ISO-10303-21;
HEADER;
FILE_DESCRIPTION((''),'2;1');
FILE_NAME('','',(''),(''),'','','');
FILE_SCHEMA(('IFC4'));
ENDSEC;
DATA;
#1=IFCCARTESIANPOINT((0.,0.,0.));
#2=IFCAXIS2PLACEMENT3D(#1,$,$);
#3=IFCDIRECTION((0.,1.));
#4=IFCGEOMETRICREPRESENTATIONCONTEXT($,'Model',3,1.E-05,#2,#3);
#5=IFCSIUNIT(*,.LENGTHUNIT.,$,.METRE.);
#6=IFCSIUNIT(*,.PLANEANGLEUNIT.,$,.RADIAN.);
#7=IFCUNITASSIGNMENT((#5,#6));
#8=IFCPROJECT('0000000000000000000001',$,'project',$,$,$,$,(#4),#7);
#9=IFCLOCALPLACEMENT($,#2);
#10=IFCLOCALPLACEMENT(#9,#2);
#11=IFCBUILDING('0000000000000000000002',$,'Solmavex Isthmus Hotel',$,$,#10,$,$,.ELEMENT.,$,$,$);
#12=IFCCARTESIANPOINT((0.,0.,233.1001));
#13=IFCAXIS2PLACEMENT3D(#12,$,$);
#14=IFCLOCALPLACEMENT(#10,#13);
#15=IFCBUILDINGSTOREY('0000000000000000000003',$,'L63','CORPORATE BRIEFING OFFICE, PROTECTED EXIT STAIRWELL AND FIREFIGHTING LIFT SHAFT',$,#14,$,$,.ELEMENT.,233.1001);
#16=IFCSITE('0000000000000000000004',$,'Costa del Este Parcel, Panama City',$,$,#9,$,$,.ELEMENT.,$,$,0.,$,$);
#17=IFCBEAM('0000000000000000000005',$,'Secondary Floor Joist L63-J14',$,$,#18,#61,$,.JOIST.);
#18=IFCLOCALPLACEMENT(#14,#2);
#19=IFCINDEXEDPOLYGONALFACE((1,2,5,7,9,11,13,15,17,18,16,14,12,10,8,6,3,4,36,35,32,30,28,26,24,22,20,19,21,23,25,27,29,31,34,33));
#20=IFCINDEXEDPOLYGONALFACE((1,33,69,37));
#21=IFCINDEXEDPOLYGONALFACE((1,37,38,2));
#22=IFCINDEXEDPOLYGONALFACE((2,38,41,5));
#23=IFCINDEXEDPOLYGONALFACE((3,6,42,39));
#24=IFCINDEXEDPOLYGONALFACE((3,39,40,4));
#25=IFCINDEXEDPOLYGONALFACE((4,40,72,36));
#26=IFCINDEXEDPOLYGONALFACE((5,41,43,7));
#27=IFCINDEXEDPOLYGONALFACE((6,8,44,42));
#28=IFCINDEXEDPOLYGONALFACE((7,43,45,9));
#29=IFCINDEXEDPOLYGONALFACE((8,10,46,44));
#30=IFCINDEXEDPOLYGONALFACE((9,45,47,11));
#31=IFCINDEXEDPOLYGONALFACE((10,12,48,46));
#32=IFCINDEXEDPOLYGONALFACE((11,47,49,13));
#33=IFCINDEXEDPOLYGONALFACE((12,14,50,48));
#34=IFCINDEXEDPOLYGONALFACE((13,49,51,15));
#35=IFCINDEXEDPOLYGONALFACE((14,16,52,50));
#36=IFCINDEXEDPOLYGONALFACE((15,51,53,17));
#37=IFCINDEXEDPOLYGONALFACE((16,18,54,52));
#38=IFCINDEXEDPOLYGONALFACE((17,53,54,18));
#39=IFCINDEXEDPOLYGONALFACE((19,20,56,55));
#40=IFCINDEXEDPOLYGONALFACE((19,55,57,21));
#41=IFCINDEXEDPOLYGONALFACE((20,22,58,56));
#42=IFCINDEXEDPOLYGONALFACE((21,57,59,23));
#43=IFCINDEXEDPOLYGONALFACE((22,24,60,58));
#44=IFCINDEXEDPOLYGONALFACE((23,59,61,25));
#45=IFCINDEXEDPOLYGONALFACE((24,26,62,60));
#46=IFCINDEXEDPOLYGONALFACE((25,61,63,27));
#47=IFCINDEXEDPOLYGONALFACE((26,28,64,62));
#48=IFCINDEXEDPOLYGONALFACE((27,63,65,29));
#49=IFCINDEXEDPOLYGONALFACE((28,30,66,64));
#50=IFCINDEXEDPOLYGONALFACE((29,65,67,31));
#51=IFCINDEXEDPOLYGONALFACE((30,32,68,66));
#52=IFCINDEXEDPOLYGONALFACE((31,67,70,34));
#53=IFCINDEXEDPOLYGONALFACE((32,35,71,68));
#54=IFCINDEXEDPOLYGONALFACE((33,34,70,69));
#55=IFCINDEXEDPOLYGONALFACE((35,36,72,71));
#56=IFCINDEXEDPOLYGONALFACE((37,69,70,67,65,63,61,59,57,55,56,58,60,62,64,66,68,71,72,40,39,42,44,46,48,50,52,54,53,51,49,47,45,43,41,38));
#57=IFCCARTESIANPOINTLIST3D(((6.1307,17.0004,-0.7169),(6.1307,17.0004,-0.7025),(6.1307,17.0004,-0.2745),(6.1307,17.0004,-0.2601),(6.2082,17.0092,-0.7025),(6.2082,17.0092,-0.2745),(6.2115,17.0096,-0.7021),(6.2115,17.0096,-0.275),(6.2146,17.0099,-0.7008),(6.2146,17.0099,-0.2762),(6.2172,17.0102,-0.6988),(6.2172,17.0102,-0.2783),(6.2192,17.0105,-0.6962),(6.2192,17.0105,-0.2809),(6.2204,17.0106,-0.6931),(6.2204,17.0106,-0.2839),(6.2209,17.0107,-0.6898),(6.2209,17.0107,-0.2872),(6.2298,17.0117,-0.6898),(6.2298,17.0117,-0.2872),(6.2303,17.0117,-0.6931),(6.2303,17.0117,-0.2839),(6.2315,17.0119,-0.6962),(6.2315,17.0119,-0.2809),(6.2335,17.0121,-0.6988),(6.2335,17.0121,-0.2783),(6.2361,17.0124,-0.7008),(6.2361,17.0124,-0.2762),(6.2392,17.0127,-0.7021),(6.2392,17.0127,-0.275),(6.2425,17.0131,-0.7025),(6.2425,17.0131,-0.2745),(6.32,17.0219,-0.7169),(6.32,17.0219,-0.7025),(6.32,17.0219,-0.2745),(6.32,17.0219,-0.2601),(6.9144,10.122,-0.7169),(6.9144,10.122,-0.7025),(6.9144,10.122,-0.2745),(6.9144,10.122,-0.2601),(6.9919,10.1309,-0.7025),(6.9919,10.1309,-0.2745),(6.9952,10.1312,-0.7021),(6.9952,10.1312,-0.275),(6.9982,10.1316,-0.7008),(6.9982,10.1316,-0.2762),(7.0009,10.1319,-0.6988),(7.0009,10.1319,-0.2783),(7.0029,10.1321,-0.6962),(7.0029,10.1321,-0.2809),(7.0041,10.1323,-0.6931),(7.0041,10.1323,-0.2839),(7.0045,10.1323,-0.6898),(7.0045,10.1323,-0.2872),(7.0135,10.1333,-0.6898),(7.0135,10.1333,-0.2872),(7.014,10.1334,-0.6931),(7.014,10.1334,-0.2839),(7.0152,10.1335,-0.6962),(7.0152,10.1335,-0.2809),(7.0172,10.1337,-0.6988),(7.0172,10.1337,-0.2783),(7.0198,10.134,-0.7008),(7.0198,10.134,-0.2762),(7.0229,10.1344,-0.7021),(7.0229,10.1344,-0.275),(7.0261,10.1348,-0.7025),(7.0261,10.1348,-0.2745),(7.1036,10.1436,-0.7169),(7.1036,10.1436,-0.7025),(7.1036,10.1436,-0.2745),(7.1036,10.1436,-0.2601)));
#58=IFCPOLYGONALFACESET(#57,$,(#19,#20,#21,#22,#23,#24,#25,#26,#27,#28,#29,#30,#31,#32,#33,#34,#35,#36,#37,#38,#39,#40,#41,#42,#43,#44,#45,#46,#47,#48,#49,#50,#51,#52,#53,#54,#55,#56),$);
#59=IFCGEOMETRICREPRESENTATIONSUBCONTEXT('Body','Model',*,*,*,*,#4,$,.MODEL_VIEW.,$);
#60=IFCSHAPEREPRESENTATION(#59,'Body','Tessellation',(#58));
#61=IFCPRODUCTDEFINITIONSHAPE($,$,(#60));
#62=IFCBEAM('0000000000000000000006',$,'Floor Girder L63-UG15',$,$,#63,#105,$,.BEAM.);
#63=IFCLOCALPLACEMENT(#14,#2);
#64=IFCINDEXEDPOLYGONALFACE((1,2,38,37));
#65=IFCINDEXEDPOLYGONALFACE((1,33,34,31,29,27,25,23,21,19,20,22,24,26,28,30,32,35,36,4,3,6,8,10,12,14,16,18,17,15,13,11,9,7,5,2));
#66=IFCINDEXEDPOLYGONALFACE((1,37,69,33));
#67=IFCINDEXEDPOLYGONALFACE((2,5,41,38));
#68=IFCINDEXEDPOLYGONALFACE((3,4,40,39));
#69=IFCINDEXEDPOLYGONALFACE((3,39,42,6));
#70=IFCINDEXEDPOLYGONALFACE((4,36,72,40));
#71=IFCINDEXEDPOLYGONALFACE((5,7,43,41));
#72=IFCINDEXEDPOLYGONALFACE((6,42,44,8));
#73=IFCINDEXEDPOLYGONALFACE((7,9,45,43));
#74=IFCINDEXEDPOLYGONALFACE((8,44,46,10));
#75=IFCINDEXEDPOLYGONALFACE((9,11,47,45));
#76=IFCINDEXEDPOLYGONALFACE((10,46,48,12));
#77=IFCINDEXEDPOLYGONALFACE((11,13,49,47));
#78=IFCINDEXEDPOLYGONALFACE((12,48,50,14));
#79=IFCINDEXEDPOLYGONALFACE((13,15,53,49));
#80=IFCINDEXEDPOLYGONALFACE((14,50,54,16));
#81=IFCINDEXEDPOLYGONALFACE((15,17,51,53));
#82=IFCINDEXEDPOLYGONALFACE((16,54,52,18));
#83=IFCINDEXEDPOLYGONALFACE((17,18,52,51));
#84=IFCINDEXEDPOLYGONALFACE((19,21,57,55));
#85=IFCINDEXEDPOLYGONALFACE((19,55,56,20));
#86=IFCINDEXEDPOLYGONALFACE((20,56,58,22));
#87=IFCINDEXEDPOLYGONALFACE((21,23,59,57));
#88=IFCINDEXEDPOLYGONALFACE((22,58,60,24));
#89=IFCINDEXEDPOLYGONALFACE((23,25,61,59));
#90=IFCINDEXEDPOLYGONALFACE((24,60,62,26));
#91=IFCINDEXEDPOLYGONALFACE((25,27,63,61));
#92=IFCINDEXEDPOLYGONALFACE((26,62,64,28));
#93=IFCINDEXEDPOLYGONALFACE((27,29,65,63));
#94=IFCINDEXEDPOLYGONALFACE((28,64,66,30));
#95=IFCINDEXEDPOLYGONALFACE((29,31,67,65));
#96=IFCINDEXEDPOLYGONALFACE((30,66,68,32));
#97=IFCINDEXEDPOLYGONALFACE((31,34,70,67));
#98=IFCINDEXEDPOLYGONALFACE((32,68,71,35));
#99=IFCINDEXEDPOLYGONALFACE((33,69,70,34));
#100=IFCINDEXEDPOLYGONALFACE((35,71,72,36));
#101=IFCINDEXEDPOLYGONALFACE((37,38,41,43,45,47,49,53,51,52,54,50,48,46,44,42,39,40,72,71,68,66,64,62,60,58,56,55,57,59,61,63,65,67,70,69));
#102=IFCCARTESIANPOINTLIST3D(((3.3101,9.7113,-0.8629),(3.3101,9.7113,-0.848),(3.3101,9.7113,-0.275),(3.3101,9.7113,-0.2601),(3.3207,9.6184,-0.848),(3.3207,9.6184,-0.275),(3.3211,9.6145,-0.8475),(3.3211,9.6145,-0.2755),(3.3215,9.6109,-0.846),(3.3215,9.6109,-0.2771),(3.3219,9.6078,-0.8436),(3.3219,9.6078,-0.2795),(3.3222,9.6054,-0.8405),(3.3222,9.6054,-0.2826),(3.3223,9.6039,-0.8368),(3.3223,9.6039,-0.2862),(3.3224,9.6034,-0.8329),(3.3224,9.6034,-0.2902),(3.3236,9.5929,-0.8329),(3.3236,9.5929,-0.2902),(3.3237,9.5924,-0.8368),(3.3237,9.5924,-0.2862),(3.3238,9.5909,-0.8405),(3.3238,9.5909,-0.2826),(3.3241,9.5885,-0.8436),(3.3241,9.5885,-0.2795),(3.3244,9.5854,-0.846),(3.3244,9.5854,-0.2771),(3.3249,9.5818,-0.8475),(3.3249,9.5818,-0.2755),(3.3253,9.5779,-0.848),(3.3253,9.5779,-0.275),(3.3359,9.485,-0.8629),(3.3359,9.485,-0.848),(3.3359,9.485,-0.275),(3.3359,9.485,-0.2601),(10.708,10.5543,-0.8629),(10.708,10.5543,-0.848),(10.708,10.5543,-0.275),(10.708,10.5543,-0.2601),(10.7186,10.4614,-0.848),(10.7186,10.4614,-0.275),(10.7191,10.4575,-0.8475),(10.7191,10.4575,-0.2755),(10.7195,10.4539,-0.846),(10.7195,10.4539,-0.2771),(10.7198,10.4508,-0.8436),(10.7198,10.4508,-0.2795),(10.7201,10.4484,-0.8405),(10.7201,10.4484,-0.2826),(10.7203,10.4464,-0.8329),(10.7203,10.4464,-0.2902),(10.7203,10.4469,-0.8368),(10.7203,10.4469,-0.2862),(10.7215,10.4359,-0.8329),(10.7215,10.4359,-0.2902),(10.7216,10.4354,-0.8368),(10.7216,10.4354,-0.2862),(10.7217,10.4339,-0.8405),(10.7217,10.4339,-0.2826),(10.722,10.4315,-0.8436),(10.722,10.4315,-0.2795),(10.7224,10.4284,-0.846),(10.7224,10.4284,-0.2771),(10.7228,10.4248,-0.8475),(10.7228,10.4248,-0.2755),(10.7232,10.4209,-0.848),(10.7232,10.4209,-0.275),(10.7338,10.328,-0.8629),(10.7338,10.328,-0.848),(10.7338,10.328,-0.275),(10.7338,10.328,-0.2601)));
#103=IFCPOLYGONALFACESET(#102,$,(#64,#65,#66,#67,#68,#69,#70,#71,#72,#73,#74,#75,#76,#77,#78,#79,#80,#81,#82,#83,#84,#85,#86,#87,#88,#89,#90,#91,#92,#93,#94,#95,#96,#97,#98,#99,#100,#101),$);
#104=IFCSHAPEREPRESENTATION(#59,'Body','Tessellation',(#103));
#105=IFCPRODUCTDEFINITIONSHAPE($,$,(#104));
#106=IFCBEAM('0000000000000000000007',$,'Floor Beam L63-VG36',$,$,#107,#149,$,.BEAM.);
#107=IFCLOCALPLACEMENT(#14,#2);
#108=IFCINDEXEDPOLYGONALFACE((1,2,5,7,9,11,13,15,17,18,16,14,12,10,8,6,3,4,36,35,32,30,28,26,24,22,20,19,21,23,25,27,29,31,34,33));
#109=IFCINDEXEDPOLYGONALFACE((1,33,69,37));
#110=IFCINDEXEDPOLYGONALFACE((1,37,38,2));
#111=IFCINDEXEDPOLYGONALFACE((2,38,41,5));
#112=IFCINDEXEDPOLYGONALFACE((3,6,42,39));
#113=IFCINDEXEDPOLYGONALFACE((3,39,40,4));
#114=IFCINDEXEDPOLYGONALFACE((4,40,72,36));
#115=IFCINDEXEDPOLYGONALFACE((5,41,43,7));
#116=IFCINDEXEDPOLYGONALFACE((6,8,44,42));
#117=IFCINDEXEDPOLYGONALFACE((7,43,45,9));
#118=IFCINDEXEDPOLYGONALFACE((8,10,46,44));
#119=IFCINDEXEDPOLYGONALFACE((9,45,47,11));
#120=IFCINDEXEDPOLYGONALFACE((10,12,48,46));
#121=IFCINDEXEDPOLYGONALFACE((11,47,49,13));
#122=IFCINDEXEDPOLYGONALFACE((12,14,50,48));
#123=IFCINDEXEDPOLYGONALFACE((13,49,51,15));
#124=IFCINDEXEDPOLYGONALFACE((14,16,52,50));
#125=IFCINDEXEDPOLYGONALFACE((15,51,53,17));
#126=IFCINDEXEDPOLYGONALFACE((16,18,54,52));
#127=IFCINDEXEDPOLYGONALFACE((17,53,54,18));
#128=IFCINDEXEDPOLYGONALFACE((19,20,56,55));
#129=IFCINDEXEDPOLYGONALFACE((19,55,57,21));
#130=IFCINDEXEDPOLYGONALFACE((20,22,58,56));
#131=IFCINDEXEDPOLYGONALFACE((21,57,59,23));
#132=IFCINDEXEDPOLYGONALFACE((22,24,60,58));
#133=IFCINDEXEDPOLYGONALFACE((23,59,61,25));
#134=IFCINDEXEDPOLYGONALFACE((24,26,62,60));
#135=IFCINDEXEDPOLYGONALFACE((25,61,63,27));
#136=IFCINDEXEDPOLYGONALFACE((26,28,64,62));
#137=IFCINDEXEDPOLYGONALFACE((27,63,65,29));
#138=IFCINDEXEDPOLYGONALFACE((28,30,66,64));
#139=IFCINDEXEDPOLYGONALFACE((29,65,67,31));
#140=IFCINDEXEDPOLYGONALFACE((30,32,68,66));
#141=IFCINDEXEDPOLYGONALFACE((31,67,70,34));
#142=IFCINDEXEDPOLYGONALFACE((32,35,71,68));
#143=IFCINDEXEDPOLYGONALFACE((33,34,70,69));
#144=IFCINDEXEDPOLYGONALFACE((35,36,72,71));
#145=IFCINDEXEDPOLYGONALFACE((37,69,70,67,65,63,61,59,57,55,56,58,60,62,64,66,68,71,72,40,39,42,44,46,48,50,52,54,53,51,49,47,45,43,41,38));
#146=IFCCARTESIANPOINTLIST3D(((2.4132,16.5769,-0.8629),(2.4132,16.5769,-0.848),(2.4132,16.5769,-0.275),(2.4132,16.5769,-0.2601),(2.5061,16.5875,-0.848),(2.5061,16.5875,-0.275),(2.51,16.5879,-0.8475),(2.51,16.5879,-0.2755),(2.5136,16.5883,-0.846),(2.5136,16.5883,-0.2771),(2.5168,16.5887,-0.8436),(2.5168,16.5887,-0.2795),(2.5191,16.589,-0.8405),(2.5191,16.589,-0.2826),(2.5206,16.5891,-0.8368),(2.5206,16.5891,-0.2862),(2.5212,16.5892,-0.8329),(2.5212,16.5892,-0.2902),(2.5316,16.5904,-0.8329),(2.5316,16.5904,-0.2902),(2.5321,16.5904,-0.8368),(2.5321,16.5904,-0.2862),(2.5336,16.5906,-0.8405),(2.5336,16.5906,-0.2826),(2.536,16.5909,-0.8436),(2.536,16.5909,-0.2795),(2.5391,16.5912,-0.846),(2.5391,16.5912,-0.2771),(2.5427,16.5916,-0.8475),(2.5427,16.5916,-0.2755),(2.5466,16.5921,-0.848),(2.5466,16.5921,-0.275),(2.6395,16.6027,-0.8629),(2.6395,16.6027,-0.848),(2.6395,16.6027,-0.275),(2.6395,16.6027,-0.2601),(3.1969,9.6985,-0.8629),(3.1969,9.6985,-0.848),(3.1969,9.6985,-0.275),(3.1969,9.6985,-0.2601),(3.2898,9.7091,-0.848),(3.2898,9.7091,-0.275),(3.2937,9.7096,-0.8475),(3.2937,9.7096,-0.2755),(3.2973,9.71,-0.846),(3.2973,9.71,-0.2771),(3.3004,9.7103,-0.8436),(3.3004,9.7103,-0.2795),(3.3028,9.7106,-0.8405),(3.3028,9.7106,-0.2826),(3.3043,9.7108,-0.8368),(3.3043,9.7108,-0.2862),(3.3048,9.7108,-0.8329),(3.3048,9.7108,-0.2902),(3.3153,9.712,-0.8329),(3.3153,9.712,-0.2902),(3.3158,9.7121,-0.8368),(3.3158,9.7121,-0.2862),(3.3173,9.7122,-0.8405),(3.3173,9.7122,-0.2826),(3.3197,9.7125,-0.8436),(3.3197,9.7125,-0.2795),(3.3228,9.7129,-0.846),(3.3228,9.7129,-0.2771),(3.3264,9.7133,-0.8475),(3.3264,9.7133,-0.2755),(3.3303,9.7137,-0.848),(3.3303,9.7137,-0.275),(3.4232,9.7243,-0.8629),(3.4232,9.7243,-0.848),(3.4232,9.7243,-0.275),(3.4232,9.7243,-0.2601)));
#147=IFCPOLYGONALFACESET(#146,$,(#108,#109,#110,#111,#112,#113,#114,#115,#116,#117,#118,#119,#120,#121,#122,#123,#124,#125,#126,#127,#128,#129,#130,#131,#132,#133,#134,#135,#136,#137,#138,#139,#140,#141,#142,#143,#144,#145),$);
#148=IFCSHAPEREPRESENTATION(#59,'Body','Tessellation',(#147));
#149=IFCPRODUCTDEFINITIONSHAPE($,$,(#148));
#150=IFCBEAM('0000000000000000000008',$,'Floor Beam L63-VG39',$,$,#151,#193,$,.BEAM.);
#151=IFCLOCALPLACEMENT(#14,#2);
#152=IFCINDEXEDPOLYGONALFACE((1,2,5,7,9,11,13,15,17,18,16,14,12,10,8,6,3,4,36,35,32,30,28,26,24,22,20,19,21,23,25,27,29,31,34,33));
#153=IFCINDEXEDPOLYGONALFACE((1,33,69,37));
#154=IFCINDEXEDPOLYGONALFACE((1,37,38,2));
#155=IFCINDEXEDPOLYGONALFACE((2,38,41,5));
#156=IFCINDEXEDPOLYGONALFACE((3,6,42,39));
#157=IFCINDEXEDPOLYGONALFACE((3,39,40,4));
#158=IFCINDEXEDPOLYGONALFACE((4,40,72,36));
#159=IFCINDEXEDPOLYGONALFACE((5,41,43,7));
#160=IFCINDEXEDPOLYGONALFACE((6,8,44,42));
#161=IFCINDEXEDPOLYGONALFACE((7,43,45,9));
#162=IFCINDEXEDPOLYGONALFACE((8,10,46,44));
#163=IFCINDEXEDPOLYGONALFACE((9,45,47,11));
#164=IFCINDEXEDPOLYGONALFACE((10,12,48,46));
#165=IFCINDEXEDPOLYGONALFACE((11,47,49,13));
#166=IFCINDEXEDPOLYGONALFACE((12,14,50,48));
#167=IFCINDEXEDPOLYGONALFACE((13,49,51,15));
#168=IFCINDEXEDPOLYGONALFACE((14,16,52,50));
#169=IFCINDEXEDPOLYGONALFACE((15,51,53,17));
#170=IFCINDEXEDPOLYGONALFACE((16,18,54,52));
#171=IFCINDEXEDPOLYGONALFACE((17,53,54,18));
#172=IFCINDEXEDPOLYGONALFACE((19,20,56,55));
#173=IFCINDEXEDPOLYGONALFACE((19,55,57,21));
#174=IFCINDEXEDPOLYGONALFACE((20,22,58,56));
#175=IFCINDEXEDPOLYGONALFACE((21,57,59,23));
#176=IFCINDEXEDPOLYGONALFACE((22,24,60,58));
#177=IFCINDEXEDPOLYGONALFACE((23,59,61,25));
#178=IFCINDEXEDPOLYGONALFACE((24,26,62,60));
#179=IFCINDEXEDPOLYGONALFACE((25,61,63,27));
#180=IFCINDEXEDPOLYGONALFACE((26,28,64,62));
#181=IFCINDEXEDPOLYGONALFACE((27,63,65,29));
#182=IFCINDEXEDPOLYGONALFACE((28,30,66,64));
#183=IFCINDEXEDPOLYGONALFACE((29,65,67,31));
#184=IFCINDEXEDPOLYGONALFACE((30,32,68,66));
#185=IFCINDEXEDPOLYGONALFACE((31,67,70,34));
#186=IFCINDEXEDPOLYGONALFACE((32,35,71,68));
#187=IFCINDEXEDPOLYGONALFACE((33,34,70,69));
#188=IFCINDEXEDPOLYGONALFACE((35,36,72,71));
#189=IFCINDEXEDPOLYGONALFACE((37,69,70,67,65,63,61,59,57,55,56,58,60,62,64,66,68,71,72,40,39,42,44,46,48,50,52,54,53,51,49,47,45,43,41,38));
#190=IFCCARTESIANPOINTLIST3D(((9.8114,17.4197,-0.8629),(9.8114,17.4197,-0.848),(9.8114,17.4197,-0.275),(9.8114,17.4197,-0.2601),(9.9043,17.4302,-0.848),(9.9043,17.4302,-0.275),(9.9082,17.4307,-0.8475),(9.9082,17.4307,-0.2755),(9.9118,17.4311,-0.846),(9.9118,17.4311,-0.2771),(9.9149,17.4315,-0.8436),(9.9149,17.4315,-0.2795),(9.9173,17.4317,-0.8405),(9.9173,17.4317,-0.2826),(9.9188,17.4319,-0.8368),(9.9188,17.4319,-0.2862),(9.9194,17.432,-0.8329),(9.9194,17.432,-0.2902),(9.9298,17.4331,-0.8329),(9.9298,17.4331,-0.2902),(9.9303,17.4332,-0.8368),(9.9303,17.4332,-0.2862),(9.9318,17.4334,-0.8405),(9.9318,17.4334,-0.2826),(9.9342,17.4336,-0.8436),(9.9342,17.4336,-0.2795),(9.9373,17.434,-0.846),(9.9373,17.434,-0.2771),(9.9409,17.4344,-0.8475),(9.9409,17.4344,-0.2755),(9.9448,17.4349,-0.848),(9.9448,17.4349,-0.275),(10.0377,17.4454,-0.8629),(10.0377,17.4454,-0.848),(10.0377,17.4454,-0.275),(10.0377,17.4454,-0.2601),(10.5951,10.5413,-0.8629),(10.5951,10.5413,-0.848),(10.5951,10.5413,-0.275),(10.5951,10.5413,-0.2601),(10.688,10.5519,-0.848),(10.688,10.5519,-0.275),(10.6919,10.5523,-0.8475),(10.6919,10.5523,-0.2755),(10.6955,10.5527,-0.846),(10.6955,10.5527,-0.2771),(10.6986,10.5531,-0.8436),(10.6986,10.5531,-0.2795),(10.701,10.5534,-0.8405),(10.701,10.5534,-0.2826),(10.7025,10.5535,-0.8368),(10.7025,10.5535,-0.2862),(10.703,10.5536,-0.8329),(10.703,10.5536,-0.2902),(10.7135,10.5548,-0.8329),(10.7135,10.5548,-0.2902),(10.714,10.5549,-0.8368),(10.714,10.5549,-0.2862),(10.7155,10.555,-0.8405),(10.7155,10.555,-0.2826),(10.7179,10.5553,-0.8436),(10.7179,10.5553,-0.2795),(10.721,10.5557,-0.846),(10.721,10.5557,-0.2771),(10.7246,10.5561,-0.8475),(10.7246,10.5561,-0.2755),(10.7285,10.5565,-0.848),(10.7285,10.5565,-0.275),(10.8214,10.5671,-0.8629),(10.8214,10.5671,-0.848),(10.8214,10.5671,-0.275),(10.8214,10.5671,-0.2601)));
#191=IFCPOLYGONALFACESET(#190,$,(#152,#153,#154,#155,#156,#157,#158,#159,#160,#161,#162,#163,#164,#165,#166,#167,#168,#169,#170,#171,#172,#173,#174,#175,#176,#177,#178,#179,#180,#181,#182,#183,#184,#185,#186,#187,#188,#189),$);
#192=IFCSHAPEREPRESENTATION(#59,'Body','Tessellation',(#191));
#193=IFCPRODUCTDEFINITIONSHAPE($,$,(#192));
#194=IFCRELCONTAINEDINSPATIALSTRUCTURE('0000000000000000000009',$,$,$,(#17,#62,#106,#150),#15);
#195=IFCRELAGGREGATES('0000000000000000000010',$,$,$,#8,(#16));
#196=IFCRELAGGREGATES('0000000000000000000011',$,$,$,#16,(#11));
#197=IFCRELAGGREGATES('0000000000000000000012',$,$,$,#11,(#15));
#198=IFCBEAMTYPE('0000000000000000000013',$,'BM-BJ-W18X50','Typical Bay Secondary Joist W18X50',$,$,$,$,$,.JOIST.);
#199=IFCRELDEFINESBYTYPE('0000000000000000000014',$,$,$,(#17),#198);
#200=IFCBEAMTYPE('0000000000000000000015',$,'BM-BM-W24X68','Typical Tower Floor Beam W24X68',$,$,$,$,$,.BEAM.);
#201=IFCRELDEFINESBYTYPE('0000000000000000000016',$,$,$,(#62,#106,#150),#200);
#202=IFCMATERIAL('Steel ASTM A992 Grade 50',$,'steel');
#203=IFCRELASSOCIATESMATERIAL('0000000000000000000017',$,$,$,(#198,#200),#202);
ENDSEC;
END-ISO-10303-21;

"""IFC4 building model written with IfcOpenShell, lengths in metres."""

from ifc_helpers import new_model, si_unit, direction, frame, origin, origin_2d, place, context, subcontext, project, spatial, i_section, extrude, material, material_profile, profile_set, type_object, element, save


model = new_model("IFC4")

# Units and contexts
model_context = context("Model", 3, precision=1e-05, world=origin(), true_north=direction((0.0, 1.0)))
body_context = subcontext(model_context, "Body", "Model", "MODEL_VIEW")
ifc_project = project(units=[si_unit("LENGTHUNIT", "METRE"), si_unit("PLANEANGLEUNIT", "RADIAN")], contexts=[model_context])

# Site, building, storey
site_placement = place(None, origin())
site = spatial("IfcSite", under=ifc_project, at=site_placement, Name="Costa del Este Parcel, Panama City", CompositionType="ELEMENT", RefElevation=0.0)
building_placement = place(site_placement, origin())
building = spatial("IfcBuilding", under=site, at=building_placement, Name="Solmavex Isthmus Hotel", CompositionType="ELEMENT")
storey_placement = place(building_placement, frame((0.0, 0.0, 233.1001)))
storey = spatial("IfcBuildingStorey", under=building, at=storey_placement, Name="L63", Description="CORPORATE BRIEFING OFFICE, PROTECTED EXIT STAIRWELL AND FIREFIGHTING LIFT SHAFT", CompositionType="ELEMENT", Elevation=233.1001)

# Beams
ifc_material_1 = material(Name="Steel ASTM A992 Grade 50", Category="steel")
ifc_material_profile_1 = material_profile(ifc_material_1, i_section(OverallWidth=0.1904, OverallDepth=0.4568, WebThickness=0.009, FlangeThickness=0.0144, FilletRadius=0.0127, at=origin_2d()), Name="W18X50")
ifc_profile_set_1 = profile_set([ifc_material_profile_1], Name="Steel ASTM A992 Grade 50")
beam_type_1 = type_object("IfcBeamType", Name="BM-BJ-W18X50", Description="Typical Bay Secondary Joist W18X50", PredefinedType="JOIST", material=ifc_profile_set_1)
beam_1_placement = place(storey_placement, frame((7.009, 10.1328, -0.4885), z_axis=(-0.113202, 0.993572, 0.0), x_axis=(-0.993572, -0.113202, 0.0)))
element("IfcBeam", 1, at=beam_1_placement, inside=storey, type_object=beam_type_1, Name="Secondary Floor Joist L63-J14", PredefinedType="JOIST", context=body_context, shape_type="SweptSolid", body=[
    extrude(i_section(OverallWidth=0.1904, OverallDepth=0.4568, WebThickness=0.009, FlangeThickness=0.0144, FilletRadius=0.0127, at=origin_2d()), origin(), (0.0, 0.0, 1.0), 6.9229),
])
ifc_material_profile_2 = material_profile(ifc_material_1, i_section(OverallWidth=0.2278, OverallDepth=0.6028, WebThickness=0.0105, FlangeThickness=0.0149, FilletRadius=0.0151, at=origin_2d()), Name="W24X68")
ifc_profile_set_2 = profile_set([ifc_material_profile_2], Name="Steel ASTM A992 Grade 50")
beam_type_2 = type_object("IfcBeamType", Name="BM-BM-W24X68", Description="Typical Tower Floor Beam W24X68", PredefinedType="BEAM", material=ifc_profile_set_2)
beam_2_placement = place(storey_placement, frame((3.323, 9.5981, -0.5615), z_axis=(0.99357, 0.11322, 0.0), x_axis=(-0.11322, 0.99357, 0.0)))
element("IfcBeam", 2, at=beam_2_placement, inside=storey, type_object=beam_type_2, Name="Floor Girder L63-UG15", PredefinedType="BEAM", context=body_context, shape_type="SweptSolid", body=[
    extrude(i_section(OverallWidth=0.2278, OverallDepth=0.6028, WebThickness=0.0105, FlangeThickness=0.0149, FilletRadius=0.0151, at=origin_2d()), origin(), (0.0, 0.0, 1.0), 7.4458),
])
for number, where, z_axis, x_axis, name in (
    (3, (3.3101, 9.7114, -0.5615), (-0.113202, 0.993572, 0.0), (-0.993572, -0.113202, 0.0), "Floor Beam L63-VG36"),
    (4, (10.7083, 10.5542, -0.5615), (-0.113202, 0.993572, 0.0), (-0.993572, -0.113202, 0.0), "Floor Beam L63-VG39"),
):
    element("IfcBeam", number, at=place(storey_placement, frame(where, z_axis=z_axis, x_axis=x_axis)), inside=storey, type_object=beam_type_2, Name=name, PredefinedType="BEAM", context=body_context, shape_type="SweptSolid", body=[
        extrude(i_section(OverallWidth=0.2278, OverallDepth=0.6028, WebThickness=0.0105, FlangeThickness=0.0149, FilletRadius=0.0151, at=origin_2d()), origin(), (0.0, 0.0, 1.0), 6.9229),
    ])

save(model, "model.ifc")
